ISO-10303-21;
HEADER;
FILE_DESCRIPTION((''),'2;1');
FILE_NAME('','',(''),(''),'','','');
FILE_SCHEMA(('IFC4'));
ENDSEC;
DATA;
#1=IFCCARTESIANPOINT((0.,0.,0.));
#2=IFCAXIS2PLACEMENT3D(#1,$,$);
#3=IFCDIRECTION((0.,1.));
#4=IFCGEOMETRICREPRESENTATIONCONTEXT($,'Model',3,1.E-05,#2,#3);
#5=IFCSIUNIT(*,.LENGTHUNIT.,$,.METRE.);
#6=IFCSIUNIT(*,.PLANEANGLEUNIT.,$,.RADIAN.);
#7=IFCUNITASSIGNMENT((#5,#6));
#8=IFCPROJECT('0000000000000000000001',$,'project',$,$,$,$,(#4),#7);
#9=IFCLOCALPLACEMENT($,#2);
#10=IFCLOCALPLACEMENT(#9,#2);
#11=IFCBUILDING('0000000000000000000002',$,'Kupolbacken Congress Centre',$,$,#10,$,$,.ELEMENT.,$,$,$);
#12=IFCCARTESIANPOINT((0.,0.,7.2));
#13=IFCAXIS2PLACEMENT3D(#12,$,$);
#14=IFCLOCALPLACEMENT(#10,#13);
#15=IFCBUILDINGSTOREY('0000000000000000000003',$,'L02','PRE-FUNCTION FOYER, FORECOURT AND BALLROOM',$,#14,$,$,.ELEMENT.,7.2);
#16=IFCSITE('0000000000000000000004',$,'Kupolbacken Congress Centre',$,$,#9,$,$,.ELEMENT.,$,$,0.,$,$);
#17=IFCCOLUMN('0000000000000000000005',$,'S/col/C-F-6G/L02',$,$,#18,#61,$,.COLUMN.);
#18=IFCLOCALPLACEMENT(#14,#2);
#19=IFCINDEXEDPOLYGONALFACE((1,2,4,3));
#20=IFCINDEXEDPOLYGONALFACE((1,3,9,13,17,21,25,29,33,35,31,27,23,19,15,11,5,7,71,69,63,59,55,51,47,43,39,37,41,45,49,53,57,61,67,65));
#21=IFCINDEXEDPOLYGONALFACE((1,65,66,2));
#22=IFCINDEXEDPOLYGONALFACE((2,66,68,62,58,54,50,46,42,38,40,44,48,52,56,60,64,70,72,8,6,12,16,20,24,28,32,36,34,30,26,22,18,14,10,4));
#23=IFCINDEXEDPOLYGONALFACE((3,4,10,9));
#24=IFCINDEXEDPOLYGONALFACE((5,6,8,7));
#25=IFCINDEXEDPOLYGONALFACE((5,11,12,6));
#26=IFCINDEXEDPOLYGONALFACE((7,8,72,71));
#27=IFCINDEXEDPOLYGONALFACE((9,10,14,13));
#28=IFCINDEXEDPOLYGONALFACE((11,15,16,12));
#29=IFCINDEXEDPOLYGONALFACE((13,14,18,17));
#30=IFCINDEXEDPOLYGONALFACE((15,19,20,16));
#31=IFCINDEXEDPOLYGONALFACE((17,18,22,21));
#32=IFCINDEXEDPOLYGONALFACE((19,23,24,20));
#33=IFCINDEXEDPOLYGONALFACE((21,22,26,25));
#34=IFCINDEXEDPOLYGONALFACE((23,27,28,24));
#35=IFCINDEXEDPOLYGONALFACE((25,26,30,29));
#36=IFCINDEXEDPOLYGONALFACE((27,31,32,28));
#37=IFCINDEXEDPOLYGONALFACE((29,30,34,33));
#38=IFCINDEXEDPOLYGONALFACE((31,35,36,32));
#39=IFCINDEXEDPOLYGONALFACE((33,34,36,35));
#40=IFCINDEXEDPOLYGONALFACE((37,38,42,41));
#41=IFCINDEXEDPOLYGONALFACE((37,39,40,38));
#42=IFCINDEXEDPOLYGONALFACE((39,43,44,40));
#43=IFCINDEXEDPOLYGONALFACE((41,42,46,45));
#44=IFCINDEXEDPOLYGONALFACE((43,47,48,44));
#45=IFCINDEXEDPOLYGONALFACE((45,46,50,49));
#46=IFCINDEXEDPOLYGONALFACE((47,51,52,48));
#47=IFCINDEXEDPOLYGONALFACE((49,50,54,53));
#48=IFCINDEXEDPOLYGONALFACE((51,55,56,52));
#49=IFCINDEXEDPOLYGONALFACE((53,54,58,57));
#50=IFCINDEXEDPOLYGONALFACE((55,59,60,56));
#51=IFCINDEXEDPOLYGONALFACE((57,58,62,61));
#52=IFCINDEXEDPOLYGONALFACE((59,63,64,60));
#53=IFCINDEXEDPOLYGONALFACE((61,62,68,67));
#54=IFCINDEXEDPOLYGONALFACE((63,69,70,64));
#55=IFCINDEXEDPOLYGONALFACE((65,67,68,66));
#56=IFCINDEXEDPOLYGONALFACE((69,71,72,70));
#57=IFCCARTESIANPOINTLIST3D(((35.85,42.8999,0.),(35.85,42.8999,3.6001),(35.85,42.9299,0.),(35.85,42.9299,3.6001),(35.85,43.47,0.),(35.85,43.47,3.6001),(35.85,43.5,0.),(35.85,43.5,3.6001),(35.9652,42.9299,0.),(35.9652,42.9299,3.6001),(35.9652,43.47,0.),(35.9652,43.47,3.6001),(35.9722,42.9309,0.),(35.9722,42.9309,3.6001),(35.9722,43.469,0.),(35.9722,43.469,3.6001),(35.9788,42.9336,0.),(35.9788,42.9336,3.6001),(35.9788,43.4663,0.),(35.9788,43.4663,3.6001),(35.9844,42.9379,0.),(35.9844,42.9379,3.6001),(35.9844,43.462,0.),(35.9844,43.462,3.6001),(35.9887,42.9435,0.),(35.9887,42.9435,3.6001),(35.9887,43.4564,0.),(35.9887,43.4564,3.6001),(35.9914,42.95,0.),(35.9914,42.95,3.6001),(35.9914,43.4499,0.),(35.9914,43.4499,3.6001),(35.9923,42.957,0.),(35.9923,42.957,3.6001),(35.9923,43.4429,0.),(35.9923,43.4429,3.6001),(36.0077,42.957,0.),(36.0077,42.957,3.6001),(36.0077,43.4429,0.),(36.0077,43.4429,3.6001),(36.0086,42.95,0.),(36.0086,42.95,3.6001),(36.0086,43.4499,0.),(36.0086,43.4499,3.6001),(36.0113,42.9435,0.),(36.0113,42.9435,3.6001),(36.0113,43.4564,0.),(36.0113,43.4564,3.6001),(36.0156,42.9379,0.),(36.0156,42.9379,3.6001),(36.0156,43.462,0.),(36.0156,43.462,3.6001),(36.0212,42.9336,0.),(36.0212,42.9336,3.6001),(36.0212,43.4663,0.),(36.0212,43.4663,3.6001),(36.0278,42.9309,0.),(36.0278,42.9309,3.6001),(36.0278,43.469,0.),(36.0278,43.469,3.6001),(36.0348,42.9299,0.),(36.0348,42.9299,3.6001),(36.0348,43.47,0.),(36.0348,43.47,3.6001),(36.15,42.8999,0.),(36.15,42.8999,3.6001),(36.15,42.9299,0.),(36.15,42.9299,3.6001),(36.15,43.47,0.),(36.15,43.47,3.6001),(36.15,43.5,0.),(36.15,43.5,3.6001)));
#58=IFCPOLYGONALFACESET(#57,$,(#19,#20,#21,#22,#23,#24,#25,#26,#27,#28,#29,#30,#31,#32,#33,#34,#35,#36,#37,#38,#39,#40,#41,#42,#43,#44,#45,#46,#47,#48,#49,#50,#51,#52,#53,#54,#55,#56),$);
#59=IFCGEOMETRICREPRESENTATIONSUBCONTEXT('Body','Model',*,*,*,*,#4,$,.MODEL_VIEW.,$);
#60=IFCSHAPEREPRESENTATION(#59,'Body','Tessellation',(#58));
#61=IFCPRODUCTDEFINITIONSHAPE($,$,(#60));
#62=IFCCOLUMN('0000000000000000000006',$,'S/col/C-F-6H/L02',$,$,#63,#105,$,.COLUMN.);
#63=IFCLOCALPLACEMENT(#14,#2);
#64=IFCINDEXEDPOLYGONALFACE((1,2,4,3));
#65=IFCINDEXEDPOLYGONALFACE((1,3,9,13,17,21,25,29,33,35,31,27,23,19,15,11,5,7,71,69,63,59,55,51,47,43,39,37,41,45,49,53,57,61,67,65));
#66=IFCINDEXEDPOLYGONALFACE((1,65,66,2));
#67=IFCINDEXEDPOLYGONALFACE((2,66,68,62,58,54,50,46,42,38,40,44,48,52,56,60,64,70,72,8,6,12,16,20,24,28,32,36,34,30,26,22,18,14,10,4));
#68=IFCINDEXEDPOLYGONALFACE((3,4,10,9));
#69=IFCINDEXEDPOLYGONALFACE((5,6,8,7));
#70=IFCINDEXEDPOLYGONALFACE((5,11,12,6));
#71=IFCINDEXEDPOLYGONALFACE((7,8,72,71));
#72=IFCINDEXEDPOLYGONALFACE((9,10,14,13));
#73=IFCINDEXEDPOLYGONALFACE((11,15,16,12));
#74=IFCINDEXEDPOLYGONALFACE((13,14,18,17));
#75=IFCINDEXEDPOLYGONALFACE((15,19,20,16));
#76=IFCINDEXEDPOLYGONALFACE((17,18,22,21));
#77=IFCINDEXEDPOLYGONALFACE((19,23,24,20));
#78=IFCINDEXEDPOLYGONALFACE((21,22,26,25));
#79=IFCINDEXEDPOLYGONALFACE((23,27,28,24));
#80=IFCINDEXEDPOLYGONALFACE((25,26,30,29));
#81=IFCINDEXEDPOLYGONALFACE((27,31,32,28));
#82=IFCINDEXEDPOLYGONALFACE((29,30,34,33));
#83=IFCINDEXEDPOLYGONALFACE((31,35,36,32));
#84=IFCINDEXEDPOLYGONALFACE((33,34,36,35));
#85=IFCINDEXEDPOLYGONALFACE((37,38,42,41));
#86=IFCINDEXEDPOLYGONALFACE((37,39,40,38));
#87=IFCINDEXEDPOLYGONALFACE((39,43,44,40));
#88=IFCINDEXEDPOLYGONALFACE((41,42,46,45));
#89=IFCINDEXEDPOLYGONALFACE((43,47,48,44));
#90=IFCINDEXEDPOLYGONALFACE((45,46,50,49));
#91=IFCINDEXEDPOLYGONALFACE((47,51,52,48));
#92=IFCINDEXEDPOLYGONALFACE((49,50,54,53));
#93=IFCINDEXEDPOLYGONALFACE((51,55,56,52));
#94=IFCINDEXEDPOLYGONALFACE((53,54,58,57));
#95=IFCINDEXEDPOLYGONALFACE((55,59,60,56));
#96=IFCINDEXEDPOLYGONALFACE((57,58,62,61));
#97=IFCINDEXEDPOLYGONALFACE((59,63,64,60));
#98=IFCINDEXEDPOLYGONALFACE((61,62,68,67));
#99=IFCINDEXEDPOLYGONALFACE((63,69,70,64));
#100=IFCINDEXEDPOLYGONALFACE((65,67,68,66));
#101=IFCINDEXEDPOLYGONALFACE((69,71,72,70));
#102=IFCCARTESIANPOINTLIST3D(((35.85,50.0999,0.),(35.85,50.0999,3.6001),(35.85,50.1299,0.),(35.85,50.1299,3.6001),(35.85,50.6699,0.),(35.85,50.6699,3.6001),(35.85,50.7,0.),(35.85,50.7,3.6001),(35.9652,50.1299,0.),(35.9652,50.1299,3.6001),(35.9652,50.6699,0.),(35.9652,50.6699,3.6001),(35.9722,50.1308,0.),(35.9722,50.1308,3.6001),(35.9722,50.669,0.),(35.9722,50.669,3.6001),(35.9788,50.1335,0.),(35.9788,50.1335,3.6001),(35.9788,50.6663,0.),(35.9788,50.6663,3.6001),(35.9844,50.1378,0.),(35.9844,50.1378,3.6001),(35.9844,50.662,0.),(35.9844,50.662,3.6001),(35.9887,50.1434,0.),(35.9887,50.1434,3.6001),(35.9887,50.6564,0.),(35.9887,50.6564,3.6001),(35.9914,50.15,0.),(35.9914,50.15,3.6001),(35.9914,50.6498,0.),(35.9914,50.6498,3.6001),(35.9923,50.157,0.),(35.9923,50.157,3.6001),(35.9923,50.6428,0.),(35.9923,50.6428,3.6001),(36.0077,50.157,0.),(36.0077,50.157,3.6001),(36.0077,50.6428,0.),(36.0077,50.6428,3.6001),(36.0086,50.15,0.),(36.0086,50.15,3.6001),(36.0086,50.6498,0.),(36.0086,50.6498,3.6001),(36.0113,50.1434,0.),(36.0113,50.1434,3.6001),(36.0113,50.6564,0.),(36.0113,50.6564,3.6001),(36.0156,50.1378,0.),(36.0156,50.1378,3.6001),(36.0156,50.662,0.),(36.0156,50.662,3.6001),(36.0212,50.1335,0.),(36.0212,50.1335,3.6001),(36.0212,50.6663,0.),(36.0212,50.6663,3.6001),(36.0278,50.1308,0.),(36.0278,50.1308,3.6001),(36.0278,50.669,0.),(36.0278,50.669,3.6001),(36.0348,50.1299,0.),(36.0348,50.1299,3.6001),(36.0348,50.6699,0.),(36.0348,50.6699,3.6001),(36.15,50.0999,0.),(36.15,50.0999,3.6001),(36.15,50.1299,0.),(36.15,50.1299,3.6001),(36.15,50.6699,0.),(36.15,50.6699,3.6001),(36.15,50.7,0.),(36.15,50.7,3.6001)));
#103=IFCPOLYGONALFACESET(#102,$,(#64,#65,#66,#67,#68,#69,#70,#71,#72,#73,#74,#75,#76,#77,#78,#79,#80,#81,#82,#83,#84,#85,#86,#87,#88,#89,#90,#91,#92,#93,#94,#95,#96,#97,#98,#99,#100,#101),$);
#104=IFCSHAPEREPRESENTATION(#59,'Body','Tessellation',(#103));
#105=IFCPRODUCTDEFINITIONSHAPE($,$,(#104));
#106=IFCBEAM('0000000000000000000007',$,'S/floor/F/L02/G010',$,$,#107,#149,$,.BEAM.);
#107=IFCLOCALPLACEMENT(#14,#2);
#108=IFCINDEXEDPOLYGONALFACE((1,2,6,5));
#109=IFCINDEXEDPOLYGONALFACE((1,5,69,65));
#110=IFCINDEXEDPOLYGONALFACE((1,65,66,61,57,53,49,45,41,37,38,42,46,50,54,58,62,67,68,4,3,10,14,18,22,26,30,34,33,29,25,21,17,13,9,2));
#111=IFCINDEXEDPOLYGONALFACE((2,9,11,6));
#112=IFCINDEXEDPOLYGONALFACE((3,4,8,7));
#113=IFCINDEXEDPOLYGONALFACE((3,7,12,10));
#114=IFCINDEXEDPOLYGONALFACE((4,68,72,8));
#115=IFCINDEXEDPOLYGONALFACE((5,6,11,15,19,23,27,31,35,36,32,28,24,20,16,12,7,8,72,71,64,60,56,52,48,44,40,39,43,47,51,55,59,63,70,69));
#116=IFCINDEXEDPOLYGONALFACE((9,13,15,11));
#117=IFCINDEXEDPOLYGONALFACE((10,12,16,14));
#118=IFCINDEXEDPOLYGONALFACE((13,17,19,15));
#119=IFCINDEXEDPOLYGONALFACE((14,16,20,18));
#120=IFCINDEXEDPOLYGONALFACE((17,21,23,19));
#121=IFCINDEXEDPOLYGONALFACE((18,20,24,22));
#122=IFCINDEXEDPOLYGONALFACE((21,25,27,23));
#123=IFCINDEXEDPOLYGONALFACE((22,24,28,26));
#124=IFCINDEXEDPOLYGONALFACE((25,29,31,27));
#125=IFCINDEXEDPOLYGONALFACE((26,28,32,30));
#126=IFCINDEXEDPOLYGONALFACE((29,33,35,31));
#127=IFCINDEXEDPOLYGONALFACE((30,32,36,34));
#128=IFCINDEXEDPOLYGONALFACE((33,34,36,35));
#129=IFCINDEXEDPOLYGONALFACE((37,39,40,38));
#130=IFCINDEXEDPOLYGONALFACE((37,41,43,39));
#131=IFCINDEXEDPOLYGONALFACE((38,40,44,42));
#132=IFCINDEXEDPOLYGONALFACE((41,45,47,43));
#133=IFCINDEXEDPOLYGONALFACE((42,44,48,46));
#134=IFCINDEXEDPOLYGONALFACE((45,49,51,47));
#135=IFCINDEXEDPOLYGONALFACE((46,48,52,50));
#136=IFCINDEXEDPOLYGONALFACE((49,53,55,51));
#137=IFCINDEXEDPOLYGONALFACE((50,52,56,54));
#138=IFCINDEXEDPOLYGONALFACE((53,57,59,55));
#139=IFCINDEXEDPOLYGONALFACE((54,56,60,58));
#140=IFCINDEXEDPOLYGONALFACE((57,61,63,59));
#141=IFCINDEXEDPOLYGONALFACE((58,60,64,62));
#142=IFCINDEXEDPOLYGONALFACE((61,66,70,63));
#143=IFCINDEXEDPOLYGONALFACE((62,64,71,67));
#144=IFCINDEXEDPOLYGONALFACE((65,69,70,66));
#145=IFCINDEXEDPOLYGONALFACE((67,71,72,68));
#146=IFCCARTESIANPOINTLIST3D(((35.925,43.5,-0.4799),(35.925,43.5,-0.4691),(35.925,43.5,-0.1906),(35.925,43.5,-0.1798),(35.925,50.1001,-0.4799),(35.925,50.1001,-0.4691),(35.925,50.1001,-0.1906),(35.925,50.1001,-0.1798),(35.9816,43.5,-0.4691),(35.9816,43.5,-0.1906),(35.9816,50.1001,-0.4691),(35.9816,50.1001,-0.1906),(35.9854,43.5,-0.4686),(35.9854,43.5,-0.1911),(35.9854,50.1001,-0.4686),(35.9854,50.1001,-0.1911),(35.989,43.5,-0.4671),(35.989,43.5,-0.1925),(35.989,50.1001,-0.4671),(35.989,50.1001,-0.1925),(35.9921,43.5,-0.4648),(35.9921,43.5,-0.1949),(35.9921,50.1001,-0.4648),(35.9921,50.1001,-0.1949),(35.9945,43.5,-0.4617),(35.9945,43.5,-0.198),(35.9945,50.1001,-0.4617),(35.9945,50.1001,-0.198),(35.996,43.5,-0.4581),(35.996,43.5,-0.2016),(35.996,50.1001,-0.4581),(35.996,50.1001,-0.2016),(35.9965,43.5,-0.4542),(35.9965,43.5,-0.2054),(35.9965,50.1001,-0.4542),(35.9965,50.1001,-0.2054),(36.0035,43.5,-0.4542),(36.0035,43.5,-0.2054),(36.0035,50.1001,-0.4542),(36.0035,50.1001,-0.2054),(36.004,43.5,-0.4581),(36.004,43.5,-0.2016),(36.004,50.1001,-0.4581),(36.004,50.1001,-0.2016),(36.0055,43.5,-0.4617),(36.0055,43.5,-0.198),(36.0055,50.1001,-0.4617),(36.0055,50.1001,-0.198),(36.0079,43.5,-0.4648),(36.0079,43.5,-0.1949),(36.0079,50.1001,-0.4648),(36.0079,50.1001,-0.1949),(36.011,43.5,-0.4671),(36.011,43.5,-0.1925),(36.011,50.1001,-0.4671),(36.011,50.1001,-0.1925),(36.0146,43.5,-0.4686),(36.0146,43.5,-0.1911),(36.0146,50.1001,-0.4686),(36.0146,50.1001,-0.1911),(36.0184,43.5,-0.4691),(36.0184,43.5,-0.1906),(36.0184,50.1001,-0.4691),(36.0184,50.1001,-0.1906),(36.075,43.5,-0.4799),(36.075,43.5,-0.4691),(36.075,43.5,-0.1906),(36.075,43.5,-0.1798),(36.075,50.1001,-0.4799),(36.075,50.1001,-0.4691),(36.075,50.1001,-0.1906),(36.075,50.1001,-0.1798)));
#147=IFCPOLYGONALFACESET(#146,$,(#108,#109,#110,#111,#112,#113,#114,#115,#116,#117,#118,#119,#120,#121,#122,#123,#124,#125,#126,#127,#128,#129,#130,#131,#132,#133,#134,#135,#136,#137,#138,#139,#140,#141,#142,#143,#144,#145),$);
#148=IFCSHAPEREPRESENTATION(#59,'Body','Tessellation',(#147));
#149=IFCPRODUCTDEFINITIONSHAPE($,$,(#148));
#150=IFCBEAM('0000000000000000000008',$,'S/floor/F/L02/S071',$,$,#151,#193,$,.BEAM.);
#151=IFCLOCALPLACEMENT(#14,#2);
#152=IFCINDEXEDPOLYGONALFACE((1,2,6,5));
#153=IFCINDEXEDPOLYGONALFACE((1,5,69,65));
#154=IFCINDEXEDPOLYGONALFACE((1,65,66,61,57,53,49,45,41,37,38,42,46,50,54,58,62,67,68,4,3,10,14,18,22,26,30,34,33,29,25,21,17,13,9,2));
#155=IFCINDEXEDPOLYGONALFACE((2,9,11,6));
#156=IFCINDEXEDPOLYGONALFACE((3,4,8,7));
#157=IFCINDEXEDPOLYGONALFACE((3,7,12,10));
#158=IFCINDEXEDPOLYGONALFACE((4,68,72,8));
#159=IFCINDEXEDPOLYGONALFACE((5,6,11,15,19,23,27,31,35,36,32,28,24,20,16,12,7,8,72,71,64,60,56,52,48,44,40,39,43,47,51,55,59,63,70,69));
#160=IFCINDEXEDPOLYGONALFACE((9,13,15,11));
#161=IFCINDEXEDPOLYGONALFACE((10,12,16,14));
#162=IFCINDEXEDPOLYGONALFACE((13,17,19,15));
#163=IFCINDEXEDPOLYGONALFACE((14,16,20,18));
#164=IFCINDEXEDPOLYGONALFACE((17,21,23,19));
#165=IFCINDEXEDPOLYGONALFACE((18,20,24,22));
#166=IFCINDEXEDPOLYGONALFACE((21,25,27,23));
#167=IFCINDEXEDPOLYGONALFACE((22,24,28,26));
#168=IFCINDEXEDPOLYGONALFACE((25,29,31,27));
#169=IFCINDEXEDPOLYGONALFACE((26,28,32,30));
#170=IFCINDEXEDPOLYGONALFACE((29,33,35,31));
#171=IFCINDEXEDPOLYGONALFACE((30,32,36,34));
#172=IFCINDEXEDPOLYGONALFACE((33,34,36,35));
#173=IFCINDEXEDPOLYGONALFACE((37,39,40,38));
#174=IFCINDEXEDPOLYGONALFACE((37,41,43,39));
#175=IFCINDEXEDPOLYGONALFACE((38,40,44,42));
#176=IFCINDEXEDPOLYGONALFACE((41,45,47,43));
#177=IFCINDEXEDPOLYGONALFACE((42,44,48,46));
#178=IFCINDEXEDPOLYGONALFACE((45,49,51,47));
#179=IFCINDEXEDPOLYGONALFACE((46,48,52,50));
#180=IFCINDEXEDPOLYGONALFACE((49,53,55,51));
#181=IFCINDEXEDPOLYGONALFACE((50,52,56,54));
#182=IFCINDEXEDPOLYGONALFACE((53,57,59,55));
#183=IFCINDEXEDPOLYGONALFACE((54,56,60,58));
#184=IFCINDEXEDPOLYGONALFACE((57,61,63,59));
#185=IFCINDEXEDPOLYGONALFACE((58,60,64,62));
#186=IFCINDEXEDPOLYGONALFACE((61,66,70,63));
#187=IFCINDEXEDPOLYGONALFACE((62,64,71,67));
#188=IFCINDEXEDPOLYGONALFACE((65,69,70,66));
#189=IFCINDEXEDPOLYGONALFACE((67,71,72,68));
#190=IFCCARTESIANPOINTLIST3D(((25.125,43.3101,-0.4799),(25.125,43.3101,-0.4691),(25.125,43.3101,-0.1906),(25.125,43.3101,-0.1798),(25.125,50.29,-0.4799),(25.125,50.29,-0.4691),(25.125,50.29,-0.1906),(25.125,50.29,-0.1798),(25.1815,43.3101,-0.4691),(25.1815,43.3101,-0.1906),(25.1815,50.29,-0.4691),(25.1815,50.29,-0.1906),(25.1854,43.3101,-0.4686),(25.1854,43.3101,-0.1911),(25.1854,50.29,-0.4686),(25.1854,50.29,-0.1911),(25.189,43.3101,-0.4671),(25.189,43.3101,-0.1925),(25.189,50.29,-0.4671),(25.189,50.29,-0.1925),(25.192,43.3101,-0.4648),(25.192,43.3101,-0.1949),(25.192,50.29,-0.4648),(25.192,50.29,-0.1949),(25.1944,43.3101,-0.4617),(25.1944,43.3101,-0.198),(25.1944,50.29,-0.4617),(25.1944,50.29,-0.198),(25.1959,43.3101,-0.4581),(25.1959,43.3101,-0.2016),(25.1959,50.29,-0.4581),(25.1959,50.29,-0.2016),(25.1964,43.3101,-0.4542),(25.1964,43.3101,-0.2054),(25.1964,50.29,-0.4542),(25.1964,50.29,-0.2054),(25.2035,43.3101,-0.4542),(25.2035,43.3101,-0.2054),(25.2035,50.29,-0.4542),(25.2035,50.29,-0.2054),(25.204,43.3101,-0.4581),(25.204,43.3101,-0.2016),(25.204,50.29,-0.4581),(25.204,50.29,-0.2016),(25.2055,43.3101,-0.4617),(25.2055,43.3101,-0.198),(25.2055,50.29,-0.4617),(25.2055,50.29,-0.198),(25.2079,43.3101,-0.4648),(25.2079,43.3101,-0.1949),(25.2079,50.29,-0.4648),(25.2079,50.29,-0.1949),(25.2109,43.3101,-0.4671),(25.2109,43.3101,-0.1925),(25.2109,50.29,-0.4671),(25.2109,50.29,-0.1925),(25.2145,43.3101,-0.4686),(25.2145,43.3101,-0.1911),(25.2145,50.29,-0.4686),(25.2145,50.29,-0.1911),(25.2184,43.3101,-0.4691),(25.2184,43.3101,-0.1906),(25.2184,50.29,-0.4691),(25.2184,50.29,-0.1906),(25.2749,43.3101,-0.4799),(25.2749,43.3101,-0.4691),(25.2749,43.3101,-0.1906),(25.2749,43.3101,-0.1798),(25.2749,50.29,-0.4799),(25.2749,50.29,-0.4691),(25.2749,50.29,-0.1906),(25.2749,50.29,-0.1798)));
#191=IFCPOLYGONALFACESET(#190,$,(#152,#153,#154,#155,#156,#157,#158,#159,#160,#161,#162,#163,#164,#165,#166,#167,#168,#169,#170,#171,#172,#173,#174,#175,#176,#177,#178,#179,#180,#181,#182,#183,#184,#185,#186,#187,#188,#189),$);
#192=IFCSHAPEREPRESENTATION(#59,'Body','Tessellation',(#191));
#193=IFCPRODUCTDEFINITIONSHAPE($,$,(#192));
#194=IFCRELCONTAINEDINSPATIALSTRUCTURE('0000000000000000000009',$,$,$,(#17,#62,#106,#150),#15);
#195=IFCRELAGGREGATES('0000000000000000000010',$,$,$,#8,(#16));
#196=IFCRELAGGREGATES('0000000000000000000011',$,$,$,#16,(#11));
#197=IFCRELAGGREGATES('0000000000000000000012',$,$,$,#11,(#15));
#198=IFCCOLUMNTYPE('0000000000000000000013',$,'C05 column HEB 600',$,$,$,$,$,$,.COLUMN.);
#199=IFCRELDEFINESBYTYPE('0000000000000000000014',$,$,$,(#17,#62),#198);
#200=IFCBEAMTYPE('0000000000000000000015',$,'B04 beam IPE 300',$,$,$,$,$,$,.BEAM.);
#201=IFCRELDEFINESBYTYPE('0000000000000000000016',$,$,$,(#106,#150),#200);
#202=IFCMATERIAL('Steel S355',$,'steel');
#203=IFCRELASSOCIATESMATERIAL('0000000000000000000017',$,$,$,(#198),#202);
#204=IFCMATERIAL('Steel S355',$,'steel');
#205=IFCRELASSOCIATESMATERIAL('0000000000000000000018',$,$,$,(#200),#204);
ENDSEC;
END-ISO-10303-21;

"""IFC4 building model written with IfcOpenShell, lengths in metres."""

from ifc_helpers import new_model, si_unit, direction, frame, origin, origin_2d, place, context, subcontext, project, spatial, i_section, extrude, material, material_profile, profile_set, type_object, element, save


model = new_model("IFC4")

# Units and contexts
model_context = context("Model", 3, precision=1e-05, world=origin(), true_north=direction((0.0, 1.0)))
body_context = subcontext(model_context, "Body", "Model", "MODEL_VIEW")
ifc_project = project(units=[si_unit("LENGTHUNIT", "METRE"), si_unit("PLANEANGLEUNIT", "RADIAN")], contexts=[model_context])

# Site, building, storey
site_placement = place(None, origin())
site = spatial("IfcSite", under=ifc_project, at=site_placement, Name="Kupolbacken Congress Centre", CompositionType="ELEMENT", RefElevation=0.0)
building_placement = place(site_placement, origin())
building = spatial("IfcBuilding", under=site, at=building_placement, Name="Kupolbacken Congress Centre", CompositionType="ELEMENT")
storey_placement = place(building_placement, frame((0.0, 0.0, 7.2)))
storey = spatial("IfcBuildingStorey", under=building, at=storey_placement, Name="L02", Description="PRE-FUNCTION FOYER, FORECOURT AND BALLROOM", CompositionType="ELEMENT", Elevation=7.2)

# Columns
ifc_material_1 = material(Name="Steel S355", Category="steel")
ifc_material_profile_1 = material_profile(ifc_material_1, i_section(OverallWidth=0.3, OverallDepth=0.6001, WebThickness=0.0154, FlangeThickness=0.03, FilletRadius=0.0271, at=origin_2d()), Name="HEB 600")
ifc_profile_set_1 = profile_set([ifc_material_profile_1], Name="Steel S355")
column_type = type_object("IfcColumnType", Name="C05 column HEB 600", PredefinedType="COLUMN", material=ifc_profile_set_1)
for number, where, z_axis, x_axis, name in (
    (1, (36.0, 43.2, 0.0), (0.0, 0.0, 1.0), (1.0, 0.0, 0.0), "S/col/C-F-6G/L02"),
    (2, (36.0, 50.3999, 0.0), (0.0, 0.0, 1.0), (1.0, 0.0, 0.0), "S/col/C-F-6H/L02"),
):
    element("IfcColumn", number, at=place(storey_placement, frame(where, z_axis=z_axis, x_axis=x_axis)), inside=storey, type_object=column_type, Name=name, PredefinedType="COLUMN", context=body_context, shape_type="SweptSolid", body=[
        extrude(i_section(OverallWidth=0.3, OverallDepth=0.6001, WebThickness=0.0154, FlangeThickness=0.03, FilletRadius=0.0271, at=origin_2d()), origin(), (0.0, 0.0, 1.0), 3.6001),
    ])

# Beams
ifc_material_2 = material(Name="Steel S355", Category="steel")
ifc_material_profile_2 = material_profile(ifc_material_2, i_section(OverallWidth=0.1499, OverallDepth=0.3, WebThickness=0.0071, FlangeThickness=0.0107, FilletRadius=0.0149, at=origin_2d()), Name="IPE 300")
ifc_profile_set_2 = profile_set([ifc_material_profile_2], Name="Steel S355")
beam_type_1 = type_object("IfcBeamType", Name="B04 beam IPE 300", PredefinedType="BEAM", material=ifc_profile_set_2)
beam_placement = place(storey_placement, frame((36.0, 43.5, -0.3298), z_axis=(0.0, 1.0, 0.0), x_axis=(-1.0, 0.0, 0.0)))
element("IfcBeam", 3, at=beam_placement, inside=storey, type_object=beam_type_1, Name="S/floor/F/L02/G010", PredefinedType="BEAM", context=body_context, shape_type="SweptSolid", body=[
    extrude(i_section(OverallWidth=0.1499, OverallDepth=0.3, WebThickness=0.0071, FlangeThickness=0.0107, FilletRadius=0.0149, at=origin_2d()), origin(), (0.0, 0.0, 1.0), 6.6001),
])
for number, where, z_axis, x_axis, name in (
    (4, (25.2, 43.3101, -0.3298), (0.0, 1.0, 0.0), (-1.0, 0.0, 0.0), "S/floor/F/L02/S071"),
):
    element("IfcBeam", number, at=place(storey_placement, frame(where, z_axis=z_axis, x_axis=x_axis)), inside=storey, type_object=beam_type_1, Name=name, PredefinedType="BEAM", context=body_context, shape_type="SweptSolid", body=[
        extrude(i_section(OverallWidth=0.1499, OverallDepth=0.3, WebThickness=0.0071, FlangeThickness=0.0107, FilletRadius=0.0149, at=origin_2d()), origin(), (0.0, 0.0, 1.0), 6.98),
    ])

save(model, "model.ifc")
